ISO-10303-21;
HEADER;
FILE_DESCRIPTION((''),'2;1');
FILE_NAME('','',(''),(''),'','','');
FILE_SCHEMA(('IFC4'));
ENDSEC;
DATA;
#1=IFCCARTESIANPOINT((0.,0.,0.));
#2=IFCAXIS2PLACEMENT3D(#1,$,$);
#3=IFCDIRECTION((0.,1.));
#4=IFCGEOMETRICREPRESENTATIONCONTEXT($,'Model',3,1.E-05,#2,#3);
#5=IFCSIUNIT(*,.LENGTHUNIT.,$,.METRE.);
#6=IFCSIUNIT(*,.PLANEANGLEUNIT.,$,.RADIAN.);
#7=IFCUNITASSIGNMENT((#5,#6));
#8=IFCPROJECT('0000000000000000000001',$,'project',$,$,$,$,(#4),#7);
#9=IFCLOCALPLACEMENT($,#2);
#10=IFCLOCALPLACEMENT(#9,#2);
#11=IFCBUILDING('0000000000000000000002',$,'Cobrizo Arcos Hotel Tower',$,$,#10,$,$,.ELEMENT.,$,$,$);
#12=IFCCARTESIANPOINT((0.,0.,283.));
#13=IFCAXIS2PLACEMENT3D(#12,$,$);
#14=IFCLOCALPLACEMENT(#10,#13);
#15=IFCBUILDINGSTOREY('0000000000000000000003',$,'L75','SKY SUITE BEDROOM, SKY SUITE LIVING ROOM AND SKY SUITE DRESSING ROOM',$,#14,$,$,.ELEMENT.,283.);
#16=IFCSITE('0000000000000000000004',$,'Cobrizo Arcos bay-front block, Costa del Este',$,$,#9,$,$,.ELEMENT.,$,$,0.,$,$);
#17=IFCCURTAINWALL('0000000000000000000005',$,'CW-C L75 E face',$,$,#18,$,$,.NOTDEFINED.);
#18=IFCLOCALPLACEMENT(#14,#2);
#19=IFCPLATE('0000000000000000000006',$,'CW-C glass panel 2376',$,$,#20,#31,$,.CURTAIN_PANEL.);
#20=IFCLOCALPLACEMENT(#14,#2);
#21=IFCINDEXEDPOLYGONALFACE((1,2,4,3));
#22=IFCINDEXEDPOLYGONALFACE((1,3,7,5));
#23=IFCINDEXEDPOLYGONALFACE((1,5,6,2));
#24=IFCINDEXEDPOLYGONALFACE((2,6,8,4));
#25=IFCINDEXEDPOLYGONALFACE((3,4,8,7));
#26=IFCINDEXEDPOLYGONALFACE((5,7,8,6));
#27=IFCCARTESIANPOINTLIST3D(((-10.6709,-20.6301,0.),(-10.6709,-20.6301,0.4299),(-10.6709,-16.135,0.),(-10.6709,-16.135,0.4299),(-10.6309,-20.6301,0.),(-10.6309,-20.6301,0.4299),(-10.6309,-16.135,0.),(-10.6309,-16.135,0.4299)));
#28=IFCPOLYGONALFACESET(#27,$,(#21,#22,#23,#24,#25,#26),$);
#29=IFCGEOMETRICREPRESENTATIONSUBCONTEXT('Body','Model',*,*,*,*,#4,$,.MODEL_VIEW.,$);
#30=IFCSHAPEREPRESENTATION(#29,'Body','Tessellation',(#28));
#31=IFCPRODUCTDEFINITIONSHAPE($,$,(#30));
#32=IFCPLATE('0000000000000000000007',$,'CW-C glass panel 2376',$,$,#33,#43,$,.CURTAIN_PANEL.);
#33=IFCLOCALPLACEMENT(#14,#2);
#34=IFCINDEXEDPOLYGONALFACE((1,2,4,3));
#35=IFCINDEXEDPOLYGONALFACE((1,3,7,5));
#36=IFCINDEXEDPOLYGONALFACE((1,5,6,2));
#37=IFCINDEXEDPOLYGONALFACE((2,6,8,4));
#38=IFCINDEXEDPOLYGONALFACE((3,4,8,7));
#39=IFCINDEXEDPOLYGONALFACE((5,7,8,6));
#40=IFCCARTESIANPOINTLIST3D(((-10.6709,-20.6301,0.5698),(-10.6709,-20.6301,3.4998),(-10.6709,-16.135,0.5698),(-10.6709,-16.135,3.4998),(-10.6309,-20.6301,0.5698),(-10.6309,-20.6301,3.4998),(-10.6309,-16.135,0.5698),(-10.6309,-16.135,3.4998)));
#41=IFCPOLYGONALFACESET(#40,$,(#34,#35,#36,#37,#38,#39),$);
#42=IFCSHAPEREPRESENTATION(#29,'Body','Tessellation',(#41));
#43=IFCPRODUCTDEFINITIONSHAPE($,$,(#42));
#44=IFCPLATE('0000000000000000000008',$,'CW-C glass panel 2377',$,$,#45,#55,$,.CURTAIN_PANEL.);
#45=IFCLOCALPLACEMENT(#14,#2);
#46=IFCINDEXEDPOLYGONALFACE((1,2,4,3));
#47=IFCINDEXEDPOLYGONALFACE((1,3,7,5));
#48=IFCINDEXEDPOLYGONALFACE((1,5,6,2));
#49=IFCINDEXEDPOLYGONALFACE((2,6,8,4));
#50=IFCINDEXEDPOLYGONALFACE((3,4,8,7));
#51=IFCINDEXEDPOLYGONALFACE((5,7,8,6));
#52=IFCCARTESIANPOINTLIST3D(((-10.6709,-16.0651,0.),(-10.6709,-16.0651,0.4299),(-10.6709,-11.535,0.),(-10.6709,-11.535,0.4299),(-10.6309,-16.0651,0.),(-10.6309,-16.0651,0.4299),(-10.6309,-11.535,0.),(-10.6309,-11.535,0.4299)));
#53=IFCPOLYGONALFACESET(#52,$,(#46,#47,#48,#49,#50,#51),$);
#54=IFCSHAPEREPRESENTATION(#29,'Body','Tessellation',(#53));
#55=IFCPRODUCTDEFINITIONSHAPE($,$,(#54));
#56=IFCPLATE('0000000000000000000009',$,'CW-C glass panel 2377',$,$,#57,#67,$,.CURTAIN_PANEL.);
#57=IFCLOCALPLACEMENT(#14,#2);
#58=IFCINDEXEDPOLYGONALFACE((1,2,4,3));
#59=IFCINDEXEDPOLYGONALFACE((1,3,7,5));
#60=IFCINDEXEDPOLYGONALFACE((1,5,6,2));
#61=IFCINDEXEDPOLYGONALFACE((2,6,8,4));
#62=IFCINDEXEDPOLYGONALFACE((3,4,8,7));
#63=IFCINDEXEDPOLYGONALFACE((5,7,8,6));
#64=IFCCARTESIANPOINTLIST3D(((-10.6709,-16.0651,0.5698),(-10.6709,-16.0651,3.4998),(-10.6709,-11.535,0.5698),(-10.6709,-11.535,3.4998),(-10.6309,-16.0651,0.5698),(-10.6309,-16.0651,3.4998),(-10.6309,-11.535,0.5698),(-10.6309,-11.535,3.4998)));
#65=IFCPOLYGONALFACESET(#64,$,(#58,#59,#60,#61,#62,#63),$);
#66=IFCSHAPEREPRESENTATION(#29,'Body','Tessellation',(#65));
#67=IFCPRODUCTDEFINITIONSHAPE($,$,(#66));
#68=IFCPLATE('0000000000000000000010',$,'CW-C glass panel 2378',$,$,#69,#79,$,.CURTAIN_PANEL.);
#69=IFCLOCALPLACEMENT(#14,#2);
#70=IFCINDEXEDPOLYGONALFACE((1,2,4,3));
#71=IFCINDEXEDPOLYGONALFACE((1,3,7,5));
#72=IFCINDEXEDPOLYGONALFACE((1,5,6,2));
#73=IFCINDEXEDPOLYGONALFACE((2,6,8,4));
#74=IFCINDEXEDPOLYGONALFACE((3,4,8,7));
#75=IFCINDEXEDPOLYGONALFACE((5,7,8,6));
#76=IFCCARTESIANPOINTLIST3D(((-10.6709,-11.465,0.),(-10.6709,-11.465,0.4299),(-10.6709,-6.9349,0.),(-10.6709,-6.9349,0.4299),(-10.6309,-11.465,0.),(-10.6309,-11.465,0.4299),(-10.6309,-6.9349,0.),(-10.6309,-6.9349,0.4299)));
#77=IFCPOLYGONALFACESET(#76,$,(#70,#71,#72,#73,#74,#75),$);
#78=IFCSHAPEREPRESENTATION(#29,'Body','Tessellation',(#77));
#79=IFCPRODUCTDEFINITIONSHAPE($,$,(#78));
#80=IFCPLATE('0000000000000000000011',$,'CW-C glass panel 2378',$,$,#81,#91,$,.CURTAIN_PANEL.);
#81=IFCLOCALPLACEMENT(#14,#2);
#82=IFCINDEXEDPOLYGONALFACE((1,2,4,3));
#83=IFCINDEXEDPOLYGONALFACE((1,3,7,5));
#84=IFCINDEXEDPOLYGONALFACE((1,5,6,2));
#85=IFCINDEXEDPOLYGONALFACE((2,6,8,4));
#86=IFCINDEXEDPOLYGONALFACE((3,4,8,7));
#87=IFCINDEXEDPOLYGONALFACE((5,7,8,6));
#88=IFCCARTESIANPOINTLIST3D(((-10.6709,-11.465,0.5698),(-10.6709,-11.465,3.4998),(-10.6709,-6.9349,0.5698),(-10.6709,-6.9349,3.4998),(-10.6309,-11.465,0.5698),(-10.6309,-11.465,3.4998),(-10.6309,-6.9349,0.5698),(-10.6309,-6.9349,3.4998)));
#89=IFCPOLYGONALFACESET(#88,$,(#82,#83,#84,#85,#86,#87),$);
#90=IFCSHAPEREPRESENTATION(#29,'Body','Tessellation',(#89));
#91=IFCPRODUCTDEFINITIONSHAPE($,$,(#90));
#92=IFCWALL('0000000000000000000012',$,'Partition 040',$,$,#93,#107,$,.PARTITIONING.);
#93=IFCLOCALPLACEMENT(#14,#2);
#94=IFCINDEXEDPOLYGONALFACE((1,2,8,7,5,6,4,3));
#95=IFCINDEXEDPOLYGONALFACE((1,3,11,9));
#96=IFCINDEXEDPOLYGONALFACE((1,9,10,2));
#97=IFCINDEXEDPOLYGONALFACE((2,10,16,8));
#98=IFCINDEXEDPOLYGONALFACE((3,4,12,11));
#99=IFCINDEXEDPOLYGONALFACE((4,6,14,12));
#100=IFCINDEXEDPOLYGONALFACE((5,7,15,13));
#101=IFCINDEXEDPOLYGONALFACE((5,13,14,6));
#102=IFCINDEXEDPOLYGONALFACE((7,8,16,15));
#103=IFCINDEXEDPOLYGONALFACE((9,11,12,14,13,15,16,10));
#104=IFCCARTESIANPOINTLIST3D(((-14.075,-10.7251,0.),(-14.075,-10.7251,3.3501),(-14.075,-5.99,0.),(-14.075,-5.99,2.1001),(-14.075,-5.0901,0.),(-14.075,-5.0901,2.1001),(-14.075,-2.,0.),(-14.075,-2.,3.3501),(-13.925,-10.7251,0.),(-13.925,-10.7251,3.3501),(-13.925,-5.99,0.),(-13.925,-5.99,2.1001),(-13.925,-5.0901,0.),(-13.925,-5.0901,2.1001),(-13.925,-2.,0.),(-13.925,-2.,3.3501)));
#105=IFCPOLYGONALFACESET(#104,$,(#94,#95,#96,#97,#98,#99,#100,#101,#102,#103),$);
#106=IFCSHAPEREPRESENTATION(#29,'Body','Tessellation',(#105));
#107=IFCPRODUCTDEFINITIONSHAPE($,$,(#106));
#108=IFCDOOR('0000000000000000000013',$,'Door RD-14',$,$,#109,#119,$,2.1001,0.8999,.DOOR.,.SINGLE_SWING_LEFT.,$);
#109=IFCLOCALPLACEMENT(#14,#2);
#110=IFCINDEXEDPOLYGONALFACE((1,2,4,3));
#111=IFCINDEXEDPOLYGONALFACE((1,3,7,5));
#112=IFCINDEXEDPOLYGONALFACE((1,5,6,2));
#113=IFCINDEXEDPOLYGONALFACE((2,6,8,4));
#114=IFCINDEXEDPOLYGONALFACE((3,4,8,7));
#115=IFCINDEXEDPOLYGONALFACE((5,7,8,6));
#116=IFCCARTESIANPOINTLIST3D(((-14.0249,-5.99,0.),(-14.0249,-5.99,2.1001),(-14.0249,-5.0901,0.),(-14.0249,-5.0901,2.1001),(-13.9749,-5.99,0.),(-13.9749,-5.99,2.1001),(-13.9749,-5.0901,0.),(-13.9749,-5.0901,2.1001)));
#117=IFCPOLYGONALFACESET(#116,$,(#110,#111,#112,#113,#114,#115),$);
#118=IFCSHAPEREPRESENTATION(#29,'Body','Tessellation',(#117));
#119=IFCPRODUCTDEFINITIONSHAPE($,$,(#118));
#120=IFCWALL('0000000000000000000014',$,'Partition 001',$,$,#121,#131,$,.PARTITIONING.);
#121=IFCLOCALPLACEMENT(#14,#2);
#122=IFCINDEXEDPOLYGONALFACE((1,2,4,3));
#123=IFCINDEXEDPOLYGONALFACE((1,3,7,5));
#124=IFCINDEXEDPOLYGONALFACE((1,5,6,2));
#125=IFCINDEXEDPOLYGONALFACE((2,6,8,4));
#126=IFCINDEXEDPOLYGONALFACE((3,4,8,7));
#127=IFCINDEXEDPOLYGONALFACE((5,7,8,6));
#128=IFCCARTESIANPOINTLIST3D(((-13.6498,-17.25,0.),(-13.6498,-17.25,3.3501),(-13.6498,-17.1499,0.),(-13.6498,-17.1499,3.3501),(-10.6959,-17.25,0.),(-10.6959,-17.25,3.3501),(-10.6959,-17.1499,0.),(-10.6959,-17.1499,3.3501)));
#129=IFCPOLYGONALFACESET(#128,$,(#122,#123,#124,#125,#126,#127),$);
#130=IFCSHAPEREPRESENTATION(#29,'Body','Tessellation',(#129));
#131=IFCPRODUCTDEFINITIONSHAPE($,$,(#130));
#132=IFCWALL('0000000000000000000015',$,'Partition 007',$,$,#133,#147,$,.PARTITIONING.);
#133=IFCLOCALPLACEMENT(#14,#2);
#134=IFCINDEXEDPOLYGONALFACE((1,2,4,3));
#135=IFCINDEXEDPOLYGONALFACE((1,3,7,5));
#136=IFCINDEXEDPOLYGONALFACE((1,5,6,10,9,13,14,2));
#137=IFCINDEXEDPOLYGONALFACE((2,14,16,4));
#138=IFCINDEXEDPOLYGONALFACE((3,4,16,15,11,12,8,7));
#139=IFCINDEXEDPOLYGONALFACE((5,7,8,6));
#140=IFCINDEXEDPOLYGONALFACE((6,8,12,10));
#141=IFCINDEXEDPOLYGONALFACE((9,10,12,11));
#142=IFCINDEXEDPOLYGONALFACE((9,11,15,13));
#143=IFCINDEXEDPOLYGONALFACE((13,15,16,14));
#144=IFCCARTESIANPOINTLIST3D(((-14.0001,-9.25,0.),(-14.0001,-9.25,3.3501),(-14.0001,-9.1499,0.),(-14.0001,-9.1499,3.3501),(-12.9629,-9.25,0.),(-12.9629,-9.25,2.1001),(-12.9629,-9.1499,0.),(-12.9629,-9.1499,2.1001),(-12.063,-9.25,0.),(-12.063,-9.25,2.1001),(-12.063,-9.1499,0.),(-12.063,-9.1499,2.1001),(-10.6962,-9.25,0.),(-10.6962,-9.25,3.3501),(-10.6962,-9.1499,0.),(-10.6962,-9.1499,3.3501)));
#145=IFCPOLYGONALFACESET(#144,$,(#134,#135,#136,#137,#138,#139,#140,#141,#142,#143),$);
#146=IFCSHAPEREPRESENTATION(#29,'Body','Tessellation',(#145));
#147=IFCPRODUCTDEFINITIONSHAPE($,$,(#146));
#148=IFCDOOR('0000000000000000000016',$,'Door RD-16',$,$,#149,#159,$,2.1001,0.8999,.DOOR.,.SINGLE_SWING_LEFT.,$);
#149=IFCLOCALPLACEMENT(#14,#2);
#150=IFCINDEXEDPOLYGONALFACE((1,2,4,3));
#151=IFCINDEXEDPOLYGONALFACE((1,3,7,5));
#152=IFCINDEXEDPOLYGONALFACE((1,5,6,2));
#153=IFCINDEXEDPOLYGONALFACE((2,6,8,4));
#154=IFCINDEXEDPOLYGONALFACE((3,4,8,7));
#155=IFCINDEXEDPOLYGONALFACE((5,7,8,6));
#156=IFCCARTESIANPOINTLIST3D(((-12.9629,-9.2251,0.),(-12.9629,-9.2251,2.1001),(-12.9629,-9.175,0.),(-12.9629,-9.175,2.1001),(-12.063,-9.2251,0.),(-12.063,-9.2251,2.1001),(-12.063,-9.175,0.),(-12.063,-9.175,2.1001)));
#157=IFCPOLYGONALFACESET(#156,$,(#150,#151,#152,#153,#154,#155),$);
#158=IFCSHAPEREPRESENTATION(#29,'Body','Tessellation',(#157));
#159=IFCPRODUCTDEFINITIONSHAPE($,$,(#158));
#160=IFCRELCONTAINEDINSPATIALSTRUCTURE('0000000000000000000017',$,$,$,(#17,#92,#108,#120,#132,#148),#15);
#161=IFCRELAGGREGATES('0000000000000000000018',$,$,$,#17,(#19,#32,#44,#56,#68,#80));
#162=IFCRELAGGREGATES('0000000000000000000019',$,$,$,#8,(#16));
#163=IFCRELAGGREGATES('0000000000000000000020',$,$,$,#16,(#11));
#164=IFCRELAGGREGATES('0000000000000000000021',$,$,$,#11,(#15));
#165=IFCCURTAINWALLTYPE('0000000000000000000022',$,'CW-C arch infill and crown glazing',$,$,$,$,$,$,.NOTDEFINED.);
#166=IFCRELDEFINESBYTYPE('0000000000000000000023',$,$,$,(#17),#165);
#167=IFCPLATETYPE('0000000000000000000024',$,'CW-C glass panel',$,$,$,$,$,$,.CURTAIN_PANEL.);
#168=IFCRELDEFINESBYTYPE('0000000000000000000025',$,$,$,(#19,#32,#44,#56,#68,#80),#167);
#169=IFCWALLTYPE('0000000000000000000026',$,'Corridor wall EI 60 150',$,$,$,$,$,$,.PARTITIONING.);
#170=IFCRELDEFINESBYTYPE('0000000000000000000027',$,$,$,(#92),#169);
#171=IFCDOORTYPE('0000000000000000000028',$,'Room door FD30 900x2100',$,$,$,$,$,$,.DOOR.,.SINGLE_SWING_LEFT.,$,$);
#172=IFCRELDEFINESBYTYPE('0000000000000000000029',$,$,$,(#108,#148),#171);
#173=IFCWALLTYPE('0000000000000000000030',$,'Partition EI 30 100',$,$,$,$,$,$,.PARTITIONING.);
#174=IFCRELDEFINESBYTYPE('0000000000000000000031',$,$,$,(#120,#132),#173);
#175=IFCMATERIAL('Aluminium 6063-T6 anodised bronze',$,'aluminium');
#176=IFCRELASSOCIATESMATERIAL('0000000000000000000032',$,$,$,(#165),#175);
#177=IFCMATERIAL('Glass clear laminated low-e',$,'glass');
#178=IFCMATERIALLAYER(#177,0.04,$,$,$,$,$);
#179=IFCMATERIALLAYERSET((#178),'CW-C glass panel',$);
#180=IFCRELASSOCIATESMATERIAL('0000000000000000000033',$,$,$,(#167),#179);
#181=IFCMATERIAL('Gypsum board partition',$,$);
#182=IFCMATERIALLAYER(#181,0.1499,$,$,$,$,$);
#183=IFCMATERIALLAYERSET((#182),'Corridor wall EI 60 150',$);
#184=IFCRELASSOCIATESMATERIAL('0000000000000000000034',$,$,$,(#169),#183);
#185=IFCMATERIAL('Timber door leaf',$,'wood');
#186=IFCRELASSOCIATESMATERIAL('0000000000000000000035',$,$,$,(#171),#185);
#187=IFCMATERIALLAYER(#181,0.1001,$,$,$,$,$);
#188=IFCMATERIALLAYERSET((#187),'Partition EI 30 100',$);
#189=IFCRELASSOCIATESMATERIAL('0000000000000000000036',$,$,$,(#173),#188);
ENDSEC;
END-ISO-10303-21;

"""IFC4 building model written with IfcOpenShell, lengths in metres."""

from ifc_helpers import new_model, si_unit, direction, frame, frame_2d, origin, origin_2d, place, context, subcontext, project, spatial, rectangle, extrude, material, layer, layer_set, type_object, element, fill, aggregate, save


model = new_model("IFC4")

# Units and contexts
model_context = context("Model", 3, precision=1e-05, world=origin(), true_north=direction((0.0, 1.0)))
body_context = subcontext(model_context, "Body", "Model", "MODEL_VIEW")
ifc_project = project(units=[si_unit("LENGTHUNIT", "METRE"), si_unit("PLANEANGLEUNIT", "RADIAN")], contexts=[model_context])

# Site, building, storey
site_placement = place(None, origin())
site = spatial("IfcSite", under=ifc_project, at=site_placement, Name="Cobrizo Arcos bay-front block, Costa del Este", CompositionType="ELEMENT", RefElevation=0.0)
building_placement = place(site_placement, origin())
building = spatial("IfcBuilding", under=site, at=building_placement, Name="Cobrizo Arcos Hotel Tower", CompositionType="ELEMENT")
storey_placement = place(building_placement, frame((0.0, 0.0, 283.0)))
storey = spatial("IfcBuildingStorey", under=building, at=storey_placement, Name="L75", Description="SKY SUITE BEDROOM, SKY SUITE LIVING ROOM AND SKY SUITE DRESSING ROOM", CompositionType="ELEMENT", Elevation=283.0)

# Shared definitions
ifc_material_1 = material(Name="Aluminium 6063-T6 anodised bronze", Category="aluminium")

# Curtain wall
curtain_wall_type_1 = type_object("IfcCurtainWallType", Name="CW-C arch infill and crown glazing", PredefinedType="NOTDEFINED", material=ifc_material_1)
curtain_wall_1_placement = place(storey_placement, origin())
curtain_wall_1 = element("IfcCurtainWall", 1, at=curtain_wall_1_placement, inside=storey, type_object=curtain_wall_type_1, Name="CW-C L75 E face", PredefinedType="NOTDEFINED")

# Plates
ifc_material_2 = material(Name="Glass clear laminated low-e", Category="glass")
ifc_layer_1 = layer(ifc_material_2, 0.04)
ifc_layer_set_1 = layer_set([ifc_layer_1], Name="CW-C glass panel")
plate_type_1 = type_object("IfcPlateType", Name="CW-C glass panel", PredefinedType="CURTAIN_PANEL", material=ifc_layer_set_1)
plate_1_placement = place(storey_placement, frame((-10.6509, -18.3826, 0.0), z_axis=(0.0, 0.0, 1.0), x_axis=(0.0, 1.0, 0.0)))
plate_1 = element("IfcPlate", 2, at=plate_1_placement, type_object=plate_type_1, Name="CW-C glass panel 2376", PredefinedType="CURTAIN_PANEL", context=body_context, shape_type="SweptSolid", body=[
    extrude(rectangle(XDim=4.4951, YDim=0.04, at=origin_2d()), origin(), (0.0, 0.0, 1.0), 0.4299),
])
plate_2_placement = place(storey_placement, frame((-10.6509, -18.3826, 0.5698), z_axis=(0.0, 0.0, 1.0), x_axis=(0.0, 1.0, 0.0)))
plate_2 = element("IfcPlate", 3, at=plate_2_placement, type_object=plate_type_1, Name="CW-C glass panel 2376", PredefinedType="CURTAIN_PANEL", context=body_context, shape_type="SweptSolid", body=[
    extrude(rectangle(XDim=4.4951, YDim=0.04, at=origin_2d()), origin(), (0.0, 0.0, 1.0), 2.9299),
])
plate_3_placement = place(storey_placement, frame((-10.6509, -13.8, 0.0), z_axis=(0.0, 0.0, 1.0), x_axis=(0.0, 1.0, 0.0)))
plate_3 = element("IfcPlate", 4, at=plate_3_placement, type_object=plate_type_1, Name="CW-C glass panel 2377", PredefinedType="CURTAIN_PANEL", context=body_context, shape_type="SweptSolid", body=[
    extrude(rectangle(XDim=4.53, YDim=0.04, at=origin_2d()), origin(), (0.0, 0.0, 1.0), 0.4299),
])
plate_4_placement = place(storey_placement, frame((-10.6509, -13.8, 0.5698), z_axis=(0.0, 0.0, 1.0), x_axis=(0.0, 1.0, 0.0)))
plate_4 = element("IfcPlate", 5, at=plate_4_placement, type_object=plate_type_1, Name="CW-C glass panel 2377", PredefinedType="CURTAIN_PANEL", context=body_context, shape_type="SweptSolid", body=[
    extrude(rectangle(XDim=4.53, YDim=0.04, at=origin_2d()), origin(), (0.0, 0.0, 1.0), 2.9299),
])
plate_5_placement = place(storey_placement, frame((-10.6509, -9.2, 0.0), z_axis=(0.0, 0.0, 1.0), x_axis=(0.0, 1.0, 0.0)))
plate_5 = element("IfcPlate", 6, at=plate_5_placement, type_object=plate_type_1, Name="CW-C glass panel 2378", PredefinedType="CURTAIN_PANEL", context=body_context, shape_type="SweptSolid", body=[
    extrude(rectangle(XDim=4.53, YDim=0.04, at=origin_2d()), origin(), (0.0, 0.0, 1.0), 0.4299),
])
plate_6_placement = place(storey_placement, frame((-10.6509, -9.2, 0.5698), z_axis=(0.0, 0.0, 1.0), x_axis=(0.0, 1.0, 0.0)))
plate_6 = element("IfcPlate", 7, at=plate_6_placement, type_object=plate_type_1, Name="CW-C glass panel 2378", PredefinedType="CURTAIN_PANEL", context=body_context, shape_type="SweptSolid", body=[
    extrude(rectangle(XDim=4.53, YDim=0.04, at=origin_2d()), origin(), (0.0, 0.0, 1.0), 2.9299),
])
aggregate(curtain_wall_1, [plate_1, plate_2, plate_3, plate_4, plate_5, plate_6])

# Wall, opening, door
ifc_material_3 = material(Name="Gypsum board partition")
ifc_layer_2 = layer(ifc_material_3, 0.1499)
ifc_layer_set_2 = layer_set([ifc_layer_2], Name="Corridor wall EI 60 150")
wall_type_1 = type_object("IfcWallType", Name="Corridor wall EI 60 150", PredefinedType="PARTITIONING", material=ifc_layer_set_2)
wall_1_placement = place(storey_placement, frame((-14.0, -10.7251, 0.0), z_axis=(0.0, 0.0, 1.0), x_axis=(0.0, 1.0, 0.0)))
wall_1 = element("IfcWall", 8, at=wall_1_placement, inside=storey, type_object=wall_type_1, Name="Partition 040", PredefinedType="PARTITIONING", context=body_context, shape_type="SweptSolid", body=[
    extrude(rectangle(XDim=8.7251, YDim=0.1499, at=frame_2d((4.3625, 0.0))), origin(), (0.0, 0.0, 1.0), 3.3501),
])
opening_1_placement = place(wall_1_placement, frame((4.7351, 0.0, 0.0)))
opening_1 = element("IfcOpeningElement", 9, at=opening_1_placement, cuts=wall_1, PredefinedType="OPENING", context=body_context, shape_type="SweptSolid", body=[
    extrude(rectangle(XDim=0.8999, YDim=2.1001, at=frame_2d((0.45, 1.05))), frame((0.0, 0.0869, 0.0), z_axis=(0.0, -1.0, 0.0), x_axis=(1.0, 0.0, 0.0)), (0.0, 0.0, 1.0), 0.1738),
])
ifc_material_4 = material(Name="Timber door leaf", Category="wood")
door_type_1 = type_object("IfcDoorType", Name="Room door FD30 900x2100", OperationType="SINGLE_SWING_LEFT", PredefinedType="DOOR", material=ifc_material_4)
door_1_placement = place(opening_1_placement, origin())
door_1 = element("IfcDoor", 10, at=door_1_placement, inside=storey, type_object=door_type_1, Name="Door RD-14", OperationType="SINGLE_SWING_LEFT", OverallHeight=2.1001, OverallWidth=0.8999, PredefinedType="DOOR", context=body_context, shape_type="SweptSolid", body=[
    extrude(rectangle(XDim=0.8999, YDim=2.1001, at=frame_2d((0.45, 1.05))), frame((0.0, 0.0249, 0.0), z_axis=(0.0, -1.0, 0.0), x_axis=(1.0, 0.0, 0.0)), (0.0, 0.0, 1.0), 0.05),
])
fill(opening_1, door_1)

# Wall
ifc_layer_3 = layer(ifc_material_3, 0.1001)
ifc_layer_set_3 = layer_set([ifc_layer_3], Name="Partition EI 30 100")
wall_type_2 = type_object("IfcWallType", Name="Partition EI 30 100", PredefinedType="PARTITIONING", material=ifc_layer_set_3)
wall_2_placement = place(storey_placement, frame((-13.6499, -17.2, 0.0), z_axis=(0.0, 0.0, 1.0), x_axis=(1.0, 0.0, 0.0)))
element("IfcWall", 11, at=wall_2_placement, inside=storey, type_object=wall_type_2, Name="Partition 001", PredefinedType="PARTITIONING", context=body_context, shape_type="SweptSolid", body=[
    extrude(rectangle(XDim=2.9539, YDim=0.1001, at=frame_2d((1.4771, 0.0))), origin(), (0.0, 0.0, 1.0), 3.3501),
])

# Wall, opening, door
wall_3_placement = place(storey_placement, frame((-14.0, -9.2, 0.0), z_axis=(0.0, 0.0, 1.0), x_axis=(1.0, 0.0, 0.0)))
wall_3 = element("IfcWall", 12, at=wall_3_placement, inside=storey, type_object=wall_type_2, Name="Partition 007", PredefinedType="PARTITIONING", context=body_context, shape_type="SweptSolid", body=[
    extrude(rectangle(XDim=3.304, YDim=0.1001, at=frame_2d((1.6519, 0.0))), origin(), (0.0, 0.0, 1.0), 3.3501),
])
opening_2_placement = place(wall_3_placement, frame((1.0371, 0.0, 0.0)))
opening_2 = element("IfcOpeningElement", 13, at=opening_2_placement, cuts=wall_3, PredefinedType="OPENING", context=body_context, shape_type="SweptSolid", body=[
    extrude(rectangle(XDim=0.8999, YDim=2.1001, at=frame_2d((0.45, 1.05))), frame((0.0, 0.062, 0.0), z_axis=(0.0, -1.0, 0.0), x_axis=(1.0, 0.0, 0.0)), (0.0, 0.0, 1.0), 0.124),
])
door_2_placement = place(opening_2_placement, origin())
door_2 = element("IfcDoor", 14, at=door_2_placement, inside=storey, type_object=door_type_1, Name="Door RD-16", OperationType="SINGLE_SWING_LEFT", OverallHeight=2.1001, OverallWidth=0.8999, PredefinedType="DOOR", context=body_context, shape_type="SweptSolid", body=[
    extrude(rectangle(XDim=0.8999, YDim=2.1001, at=frame_2d((0.45, 1.05))), frame((0.0, 0.0249, 0.0), z_axis=(0.0, -1.0, 0.0), x_axis=(1.0, 0.0, 0.0)), (0.0, 0.0, 1.0), 0.05),
])
fill(opening_2, door_2)

save(model, "model.ifc")
